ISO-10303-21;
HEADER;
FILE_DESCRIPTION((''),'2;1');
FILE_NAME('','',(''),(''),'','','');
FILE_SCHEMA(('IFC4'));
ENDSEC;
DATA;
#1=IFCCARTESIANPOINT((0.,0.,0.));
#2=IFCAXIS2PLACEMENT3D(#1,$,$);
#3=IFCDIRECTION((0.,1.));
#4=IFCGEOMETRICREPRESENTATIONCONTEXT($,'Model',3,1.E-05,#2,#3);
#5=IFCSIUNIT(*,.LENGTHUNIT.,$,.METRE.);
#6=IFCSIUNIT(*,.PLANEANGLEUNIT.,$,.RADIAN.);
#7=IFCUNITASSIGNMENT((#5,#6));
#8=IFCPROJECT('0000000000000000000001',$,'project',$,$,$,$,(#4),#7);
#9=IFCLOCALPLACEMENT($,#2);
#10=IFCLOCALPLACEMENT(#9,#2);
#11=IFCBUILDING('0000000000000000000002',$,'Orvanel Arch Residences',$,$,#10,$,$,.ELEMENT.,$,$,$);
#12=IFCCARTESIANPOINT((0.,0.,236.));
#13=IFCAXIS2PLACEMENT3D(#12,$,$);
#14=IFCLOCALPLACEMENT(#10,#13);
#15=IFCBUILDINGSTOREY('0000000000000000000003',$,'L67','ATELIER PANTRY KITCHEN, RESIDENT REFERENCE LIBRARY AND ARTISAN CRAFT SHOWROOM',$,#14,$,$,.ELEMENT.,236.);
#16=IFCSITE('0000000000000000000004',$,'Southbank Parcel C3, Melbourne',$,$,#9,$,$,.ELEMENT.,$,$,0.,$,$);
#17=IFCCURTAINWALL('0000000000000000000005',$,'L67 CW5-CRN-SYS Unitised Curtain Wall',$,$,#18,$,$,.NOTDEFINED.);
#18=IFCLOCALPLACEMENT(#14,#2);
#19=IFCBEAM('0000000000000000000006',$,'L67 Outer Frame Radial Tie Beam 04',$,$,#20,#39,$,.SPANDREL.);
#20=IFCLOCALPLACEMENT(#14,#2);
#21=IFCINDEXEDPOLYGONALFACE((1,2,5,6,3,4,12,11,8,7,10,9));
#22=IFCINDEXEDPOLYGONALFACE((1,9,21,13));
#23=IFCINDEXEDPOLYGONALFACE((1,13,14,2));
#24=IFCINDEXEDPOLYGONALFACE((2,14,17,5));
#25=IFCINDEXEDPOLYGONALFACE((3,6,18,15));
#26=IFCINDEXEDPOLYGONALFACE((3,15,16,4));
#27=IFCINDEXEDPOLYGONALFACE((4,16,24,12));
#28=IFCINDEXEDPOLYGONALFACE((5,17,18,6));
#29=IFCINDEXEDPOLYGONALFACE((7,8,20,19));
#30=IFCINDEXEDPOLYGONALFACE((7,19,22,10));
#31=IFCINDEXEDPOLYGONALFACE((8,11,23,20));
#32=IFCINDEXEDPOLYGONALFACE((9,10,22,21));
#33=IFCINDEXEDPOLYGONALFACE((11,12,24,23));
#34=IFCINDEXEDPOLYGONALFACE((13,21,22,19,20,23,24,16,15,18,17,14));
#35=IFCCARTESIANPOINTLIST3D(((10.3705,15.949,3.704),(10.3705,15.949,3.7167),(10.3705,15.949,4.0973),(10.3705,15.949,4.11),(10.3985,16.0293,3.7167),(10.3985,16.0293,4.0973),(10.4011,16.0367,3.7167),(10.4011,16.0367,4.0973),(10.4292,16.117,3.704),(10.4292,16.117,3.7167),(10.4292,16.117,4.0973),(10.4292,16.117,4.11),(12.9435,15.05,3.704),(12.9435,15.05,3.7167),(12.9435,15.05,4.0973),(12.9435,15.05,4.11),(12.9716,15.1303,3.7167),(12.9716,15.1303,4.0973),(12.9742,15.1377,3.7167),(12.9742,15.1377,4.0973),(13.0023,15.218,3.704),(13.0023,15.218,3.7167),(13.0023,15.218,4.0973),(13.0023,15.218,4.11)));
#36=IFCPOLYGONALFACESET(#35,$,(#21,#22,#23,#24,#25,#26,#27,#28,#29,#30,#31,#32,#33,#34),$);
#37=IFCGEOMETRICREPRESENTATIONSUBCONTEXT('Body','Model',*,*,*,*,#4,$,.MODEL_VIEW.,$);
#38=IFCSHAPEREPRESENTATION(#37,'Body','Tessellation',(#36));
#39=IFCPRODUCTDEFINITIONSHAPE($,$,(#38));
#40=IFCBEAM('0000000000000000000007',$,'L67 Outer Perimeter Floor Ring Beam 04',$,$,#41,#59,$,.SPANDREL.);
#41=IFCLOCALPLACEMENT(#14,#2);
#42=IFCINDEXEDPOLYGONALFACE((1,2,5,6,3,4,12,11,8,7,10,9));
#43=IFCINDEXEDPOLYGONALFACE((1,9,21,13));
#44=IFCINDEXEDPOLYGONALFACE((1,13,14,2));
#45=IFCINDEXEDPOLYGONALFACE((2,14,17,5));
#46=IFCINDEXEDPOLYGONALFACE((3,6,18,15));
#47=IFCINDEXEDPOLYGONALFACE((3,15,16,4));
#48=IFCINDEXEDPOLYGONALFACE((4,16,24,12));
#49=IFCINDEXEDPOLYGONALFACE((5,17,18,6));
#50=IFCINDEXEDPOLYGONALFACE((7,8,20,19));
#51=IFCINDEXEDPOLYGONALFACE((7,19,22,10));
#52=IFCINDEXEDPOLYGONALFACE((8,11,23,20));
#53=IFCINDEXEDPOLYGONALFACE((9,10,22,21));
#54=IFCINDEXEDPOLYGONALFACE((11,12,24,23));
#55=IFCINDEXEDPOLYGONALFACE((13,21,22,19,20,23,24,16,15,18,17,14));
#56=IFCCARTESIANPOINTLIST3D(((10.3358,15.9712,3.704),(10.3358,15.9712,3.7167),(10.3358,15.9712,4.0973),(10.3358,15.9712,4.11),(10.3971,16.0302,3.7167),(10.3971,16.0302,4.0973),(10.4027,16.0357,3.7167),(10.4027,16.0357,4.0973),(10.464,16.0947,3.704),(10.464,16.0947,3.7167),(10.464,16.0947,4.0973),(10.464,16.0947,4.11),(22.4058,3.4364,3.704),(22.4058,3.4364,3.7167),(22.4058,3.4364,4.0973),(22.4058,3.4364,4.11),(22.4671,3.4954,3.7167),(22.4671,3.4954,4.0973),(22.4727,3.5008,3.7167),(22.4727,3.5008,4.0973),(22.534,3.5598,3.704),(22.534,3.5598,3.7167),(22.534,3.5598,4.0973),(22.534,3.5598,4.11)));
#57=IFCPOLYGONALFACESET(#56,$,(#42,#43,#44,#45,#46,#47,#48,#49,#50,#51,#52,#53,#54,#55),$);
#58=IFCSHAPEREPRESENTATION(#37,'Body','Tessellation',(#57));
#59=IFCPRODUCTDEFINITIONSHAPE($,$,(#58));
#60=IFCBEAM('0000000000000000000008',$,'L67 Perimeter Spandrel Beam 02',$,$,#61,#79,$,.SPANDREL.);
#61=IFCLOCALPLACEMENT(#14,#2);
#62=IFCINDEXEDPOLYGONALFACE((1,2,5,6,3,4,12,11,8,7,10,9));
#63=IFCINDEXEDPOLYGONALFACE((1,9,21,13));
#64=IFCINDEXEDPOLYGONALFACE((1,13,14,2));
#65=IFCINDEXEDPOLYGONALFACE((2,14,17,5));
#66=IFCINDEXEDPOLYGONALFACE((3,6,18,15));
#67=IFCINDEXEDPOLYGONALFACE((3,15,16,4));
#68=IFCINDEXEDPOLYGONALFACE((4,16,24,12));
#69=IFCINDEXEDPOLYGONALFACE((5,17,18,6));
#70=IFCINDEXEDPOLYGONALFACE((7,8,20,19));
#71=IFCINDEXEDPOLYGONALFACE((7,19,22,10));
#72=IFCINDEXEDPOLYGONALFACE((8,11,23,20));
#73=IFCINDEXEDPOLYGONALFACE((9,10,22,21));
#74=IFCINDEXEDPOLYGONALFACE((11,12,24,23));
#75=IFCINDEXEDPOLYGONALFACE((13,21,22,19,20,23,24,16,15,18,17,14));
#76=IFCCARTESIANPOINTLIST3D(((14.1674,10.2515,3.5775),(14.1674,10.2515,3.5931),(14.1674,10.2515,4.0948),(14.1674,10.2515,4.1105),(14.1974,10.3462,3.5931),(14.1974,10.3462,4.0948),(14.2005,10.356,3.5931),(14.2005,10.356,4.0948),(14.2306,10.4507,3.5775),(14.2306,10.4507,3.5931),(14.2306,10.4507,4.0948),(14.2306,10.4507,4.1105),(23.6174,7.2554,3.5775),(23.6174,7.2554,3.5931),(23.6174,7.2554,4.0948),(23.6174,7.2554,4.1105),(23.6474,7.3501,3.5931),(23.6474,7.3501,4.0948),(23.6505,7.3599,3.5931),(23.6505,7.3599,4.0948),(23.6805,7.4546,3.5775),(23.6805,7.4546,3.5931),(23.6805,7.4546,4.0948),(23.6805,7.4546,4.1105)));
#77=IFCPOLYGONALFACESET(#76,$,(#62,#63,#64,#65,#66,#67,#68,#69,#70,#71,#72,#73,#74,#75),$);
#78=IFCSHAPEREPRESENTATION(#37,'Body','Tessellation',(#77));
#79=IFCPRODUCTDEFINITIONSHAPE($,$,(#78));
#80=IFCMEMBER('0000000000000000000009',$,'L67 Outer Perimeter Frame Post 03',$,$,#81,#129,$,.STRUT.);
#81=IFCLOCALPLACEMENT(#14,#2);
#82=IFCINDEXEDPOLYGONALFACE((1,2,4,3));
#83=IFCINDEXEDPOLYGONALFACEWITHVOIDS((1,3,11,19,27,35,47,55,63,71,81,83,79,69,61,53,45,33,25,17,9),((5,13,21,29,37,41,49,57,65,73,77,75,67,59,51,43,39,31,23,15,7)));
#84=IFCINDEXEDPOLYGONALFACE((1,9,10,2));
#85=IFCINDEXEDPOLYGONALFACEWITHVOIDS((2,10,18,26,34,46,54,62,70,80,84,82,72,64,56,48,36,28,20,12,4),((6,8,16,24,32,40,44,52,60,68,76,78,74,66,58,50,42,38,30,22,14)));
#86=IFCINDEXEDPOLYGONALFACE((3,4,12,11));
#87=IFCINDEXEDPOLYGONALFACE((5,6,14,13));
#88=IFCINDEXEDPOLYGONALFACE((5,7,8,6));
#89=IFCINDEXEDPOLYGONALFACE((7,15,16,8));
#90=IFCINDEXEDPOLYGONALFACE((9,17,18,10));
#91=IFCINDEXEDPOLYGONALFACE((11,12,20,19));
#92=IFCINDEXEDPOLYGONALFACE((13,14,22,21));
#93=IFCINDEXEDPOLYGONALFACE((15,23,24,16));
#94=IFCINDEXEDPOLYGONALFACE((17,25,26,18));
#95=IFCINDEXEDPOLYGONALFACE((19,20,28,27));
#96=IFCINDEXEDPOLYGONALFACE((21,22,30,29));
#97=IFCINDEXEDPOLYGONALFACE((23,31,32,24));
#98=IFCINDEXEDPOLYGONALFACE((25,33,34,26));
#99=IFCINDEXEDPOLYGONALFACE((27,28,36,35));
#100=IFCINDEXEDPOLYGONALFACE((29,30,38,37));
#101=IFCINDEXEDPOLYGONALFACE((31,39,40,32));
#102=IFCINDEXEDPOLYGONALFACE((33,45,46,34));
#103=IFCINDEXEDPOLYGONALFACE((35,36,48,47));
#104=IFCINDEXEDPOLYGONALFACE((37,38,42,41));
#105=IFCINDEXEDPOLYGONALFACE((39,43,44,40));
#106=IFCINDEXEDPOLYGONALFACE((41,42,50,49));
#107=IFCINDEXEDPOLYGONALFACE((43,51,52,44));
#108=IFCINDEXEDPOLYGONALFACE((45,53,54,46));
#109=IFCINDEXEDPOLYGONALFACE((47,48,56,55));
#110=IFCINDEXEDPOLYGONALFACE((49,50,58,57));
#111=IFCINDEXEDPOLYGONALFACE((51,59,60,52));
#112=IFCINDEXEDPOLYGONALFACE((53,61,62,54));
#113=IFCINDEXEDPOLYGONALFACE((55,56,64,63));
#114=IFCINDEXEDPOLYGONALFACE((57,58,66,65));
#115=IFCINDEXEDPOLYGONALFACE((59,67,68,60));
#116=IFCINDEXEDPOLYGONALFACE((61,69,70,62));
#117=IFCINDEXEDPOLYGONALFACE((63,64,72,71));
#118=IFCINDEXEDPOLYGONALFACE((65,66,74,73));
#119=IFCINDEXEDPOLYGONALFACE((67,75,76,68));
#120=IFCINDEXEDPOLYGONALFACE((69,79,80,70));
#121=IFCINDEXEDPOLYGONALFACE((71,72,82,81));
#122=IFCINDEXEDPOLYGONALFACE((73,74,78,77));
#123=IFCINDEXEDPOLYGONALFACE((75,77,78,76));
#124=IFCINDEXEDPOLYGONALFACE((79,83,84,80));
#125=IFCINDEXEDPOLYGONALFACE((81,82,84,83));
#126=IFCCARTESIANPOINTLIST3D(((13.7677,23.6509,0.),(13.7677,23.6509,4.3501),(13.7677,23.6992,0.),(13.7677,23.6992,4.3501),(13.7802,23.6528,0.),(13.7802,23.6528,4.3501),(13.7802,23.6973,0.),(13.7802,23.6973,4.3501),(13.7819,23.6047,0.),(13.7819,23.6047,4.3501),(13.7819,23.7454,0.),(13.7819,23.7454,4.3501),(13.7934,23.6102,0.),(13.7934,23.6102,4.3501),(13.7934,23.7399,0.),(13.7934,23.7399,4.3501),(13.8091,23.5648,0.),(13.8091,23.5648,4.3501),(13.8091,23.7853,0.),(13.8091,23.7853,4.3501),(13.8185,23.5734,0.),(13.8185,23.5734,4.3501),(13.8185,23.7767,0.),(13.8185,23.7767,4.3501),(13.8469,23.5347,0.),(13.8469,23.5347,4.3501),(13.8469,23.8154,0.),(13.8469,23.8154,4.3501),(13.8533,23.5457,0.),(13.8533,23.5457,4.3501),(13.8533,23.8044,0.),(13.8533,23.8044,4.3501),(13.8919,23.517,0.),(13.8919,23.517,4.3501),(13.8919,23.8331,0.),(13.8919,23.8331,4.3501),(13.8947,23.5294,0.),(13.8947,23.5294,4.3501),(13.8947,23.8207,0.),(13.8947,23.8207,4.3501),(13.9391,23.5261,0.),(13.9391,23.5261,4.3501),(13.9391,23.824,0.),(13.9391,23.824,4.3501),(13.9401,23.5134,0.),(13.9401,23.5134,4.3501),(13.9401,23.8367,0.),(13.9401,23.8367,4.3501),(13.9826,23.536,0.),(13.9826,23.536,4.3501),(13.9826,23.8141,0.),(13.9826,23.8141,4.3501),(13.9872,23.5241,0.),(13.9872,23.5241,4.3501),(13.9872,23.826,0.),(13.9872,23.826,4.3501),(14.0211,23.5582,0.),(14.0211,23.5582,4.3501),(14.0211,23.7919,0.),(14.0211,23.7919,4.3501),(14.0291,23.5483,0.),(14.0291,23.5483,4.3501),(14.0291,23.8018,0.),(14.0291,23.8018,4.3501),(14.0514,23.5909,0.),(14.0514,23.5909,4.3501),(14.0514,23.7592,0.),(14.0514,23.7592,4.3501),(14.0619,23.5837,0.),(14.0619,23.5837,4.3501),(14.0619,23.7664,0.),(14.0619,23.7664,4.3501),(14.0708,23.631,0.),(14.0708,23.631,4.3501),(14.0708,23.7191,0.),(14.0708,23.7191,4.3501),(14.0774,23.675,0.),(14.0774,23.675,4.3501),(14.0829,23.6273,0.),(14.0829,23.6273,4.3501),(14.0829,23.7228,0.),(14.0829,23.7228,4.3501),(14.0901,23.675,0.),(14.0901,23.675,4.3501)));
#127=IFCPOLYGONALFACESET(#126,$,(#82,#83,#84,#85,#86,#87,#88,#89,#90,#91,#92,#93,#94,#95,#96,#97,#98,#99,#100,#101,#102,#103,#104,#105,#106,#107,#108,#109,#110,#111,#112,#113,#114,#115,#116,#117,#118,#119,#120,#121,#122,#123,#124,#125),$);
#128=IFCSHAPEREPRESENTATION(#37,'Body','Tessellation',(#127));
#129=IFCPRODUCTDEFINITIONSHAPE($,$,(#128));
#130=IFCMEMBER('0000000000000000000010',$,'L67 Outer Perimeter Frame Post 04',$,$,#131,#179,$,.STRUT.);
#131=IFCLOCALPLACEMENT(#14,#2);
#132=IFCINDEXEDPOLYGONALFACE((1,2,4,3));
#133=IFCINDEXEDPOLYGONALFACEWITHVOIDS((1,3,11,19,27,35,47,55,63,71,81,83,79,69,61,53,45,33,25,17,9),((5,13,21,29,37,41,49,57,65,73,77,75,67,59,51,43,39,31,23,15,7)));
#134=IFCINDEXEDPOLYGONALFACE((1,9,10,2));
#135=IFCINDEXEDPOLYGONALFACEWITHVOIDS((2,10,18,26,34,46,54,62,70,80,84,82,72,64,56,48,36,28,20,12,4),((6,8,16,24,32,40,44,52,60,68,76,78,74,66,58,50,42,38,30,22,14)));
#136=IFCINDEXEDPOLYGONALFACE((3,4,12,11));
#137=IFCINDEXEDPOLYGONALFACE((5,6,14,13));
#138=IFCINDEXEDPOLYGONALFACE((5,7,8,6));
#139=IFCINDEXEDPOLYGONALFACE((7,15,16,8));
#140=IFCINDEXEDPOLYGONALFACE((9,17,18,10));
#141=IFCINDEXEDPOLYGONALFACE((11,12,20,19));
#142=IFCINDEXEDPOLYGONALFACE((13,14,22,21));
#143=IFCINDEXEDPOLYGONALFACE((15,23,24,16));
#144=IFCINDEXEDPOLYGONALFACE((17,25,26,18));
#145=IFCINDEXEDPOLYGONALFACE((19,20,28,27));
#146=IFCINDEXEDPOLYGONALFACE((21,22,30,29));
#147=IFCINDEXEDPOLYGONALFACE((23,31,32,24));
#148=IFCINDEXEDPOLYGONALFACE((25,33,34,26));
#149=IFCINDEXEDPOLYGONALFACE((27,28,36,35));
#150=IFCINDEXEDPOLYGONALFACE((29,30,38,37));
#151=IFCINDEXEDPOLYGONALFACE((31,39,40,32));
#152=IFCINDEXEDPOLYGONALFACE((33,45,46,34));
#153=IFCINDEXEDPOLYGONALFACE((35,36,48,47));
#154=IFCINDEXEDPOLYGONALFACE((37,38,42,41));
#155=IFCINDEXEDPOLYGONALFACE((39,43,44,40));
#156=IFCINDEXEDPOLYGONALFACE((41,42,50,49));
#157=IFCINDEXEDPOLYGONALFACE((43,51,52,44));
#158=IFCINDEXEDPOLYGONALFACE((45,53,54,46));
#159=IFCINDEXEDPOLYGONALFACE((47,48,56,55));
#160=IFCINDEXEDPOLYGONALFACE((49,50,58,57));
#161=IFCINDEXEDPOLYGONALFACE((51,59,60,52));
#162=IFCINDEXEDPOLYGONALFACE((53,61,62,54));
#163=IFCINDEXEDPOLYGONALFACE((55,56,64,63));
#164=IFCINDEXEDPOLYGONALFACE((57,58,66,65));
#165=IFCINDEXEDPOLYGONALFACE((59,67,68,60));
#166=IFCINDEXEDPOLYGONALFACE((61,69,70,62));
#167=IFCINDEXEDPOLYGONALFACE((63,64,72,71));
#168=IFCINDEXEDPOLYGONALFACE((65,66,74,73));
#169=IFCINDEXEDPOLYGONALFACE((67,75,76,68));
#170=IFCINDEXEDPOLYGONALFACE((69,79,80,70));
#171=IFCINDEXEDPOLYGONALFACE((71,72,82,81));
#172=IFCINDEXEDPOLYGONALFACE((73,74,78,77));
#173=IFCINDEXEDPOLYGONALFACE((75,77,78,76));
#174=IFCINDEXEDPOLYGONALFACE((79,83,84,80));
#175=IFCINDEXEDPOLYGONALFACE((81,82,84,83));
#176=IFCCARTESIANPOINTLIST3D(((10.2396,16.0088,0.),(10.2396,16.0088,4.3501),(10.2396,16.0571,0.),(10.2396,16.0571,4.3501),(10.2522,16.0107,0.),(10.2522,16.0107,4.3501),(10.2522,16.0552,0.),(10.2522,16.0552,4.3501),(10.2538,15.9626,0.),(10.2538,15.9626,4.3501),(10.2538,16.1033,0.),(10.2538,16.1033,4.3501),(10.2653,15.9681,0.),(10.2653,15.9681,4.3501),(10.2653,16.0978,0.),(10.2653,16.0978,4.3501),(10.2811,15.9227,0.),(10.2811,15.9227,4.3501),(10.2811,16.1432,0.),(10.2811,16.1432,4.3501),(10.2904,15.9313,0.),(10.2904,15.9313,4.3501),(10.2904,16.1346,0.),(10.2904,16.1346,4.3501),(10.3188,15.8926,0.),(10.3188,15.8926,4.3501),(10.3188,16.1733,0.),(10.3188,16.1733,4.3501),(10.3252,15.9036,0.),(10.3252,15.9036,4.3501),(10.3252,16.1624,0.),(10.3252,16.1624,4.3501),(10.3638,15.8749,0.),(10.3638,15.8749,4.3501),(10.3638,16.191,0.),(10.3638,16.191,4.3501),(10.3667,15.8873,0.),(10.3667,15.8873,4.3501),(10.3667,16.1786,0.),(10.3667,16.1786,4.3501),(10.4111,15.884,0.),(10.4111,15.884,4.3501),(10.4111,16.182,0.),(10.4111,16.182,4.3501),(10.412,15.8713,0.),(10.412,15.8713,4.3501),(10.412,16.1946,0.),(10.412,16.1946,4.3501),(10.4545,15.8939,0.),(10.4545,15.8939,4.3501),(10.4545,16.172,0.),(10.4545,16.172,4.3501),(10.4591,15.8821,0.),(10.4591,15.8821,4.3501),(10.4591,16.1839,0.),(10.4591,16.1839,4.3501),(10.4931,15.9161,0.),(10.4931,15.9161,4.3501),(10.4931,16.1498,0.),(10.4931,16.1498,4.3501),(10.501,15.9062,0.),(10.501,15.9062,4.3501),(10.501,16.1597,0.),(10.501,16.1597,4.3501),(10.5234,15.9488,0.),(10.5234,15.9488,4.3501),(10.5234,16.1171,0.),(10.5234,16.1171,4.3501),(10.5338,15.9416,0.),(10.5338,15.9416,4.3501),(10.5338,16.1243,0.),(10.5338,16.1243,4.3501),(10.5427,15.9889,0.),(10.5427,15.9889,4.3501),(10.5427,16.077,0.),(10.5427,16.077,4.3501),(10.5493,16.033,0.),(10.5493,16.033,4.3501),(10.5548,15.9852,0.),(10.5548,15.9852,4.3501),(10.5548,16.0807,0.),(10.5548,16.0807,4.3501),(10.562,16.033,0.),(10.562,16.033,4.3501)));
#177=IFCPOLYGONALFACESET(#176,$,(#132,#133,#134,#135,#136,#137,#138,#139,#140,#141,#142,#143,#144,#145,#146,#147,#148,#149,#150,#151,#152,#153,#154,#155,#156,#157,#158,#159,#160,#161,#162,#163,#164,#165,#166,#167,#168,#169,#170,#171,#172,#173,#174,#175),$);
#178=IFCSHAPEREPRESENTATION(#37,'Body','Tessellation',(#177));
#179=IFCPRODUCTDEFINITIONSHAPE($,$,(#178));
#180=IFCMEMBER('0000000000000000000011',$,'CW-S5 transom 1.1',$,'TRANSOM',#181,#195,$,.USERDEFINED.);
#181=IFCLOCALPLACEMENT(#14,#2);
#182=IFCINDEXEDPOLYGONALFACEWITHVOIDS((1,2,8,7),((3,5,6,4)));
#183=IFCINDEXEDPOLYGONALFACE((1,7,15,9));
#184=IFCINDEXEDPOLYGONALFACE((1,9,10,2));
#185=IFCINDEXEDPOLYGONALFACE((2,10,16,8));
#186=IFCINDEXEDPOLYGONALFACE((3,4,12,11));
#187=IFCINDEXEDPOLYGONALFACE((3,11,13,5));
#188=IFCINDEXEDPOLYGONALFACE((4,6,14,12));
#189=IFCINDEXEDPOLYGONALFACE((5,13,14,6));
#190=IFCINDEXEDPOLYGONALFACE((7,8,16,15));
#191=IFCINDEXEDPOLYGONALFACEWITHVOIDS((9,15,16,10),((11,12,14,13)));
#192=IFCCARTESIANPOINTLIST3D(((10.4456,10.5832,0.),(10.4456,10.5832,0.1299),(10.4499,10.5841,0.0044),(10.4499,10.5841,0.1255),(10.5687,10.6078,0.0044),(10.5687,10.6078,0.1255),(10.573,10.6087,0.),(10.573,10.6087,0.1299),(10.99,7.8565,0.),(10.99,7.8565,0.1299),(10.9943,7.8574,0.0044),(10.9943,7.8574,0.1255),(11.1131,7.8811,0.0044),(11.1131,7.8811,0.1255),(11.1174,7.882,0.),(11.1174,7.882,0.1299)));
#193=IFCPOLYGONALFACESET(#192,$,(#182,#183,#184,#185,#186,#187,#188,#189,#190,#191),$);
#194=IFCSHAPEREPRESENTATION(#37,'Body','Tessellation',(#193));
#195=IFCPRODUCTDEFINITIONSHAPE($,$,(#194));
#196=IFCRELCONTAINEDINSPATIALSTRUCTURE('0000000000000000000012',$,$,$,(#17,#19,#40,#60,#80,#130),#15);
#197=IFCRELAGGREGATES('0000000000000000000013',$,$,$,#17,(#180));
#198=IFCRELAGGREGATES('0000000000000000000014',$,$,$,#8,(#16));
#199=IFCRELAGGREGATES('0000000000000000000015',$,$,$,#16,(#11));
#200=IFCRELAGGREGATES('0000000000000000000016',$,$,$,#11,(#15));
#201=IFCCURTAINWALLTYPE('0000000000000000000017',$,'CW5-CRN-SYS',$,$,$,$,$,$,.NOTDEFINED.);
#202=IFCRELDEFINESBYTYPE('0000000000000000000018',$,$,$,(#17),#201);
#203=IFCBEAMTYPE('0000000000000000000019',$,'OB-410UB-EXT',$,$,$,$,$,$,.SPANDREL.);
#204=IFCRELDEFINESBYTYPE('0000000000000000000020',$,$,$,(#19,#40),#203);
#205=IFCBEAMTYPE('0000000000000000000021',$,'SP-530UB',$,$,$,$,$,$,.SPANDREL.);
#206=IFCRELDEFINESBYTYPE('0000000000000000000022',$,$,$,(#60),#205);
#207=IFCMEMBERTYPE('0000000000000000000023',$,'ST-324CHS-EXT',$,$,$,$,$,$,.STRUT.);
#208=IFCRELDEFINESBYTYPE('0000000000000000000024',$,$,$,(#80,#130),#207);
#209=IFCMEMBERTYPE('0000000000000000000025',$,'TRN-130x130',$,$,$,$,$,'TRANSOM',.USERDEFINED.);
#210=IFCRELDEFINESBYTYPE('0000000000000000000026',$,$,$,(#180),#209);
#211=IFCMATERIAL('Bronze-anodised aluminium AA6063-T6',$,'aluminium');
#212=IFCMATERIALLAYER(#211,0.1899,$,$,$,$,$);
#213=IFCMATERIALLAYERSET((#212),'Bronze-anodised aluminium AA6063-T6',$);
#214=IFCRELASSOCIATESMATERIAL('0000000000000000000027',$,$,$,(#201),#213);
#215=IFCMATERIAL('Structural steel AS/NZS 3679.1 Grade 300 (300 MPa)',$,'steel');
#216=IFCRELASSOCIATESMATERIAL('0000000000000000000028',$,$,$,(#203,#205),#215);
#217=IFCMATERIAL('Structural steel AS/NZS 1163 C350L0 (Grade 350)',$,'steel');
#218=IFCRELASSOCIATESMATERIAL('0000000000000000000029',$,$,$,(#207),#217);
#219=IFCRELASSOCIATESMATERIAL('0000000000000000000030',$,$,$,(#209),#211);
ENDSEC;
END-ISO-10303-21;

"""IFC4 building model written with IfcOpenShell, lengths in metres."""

from ifc_helpers import new_model, si_unit, direction, frame, origin, origin_2d, place, context, subcontext, project, spatial, hollow_rectangle, hollow_circle, i_section, extrude, material, layer, layer_set, material_profile, profile_set, type_object, element, aggregate, save


model = new_model("IFC4")

# Units and contexts
model_context = context("Model", 3, precision=1e-05, world=origin(), true_north=direction((0.0, 1.0)))
body_context = subcontext(model_context, "Body", "Model", "MODEL_VIEW")
ifc_project = project(units=[si_unit("LENGTHUNIT", "METRE"), si_unit("PLANEANGLEUNIT", "RADIAN")], contexts=[model_context])

# Site, building, storey
site_placement = place(None, origin())
site = spatial("IfcSite", under=ifc_project, at=site_placement, Name="Southbank Parcel C3, Melbourne", CompositionType="ELEMENT", RefElevation=0.0)
building_placement = place(site_placement, origin())
building = spatial("IfcBuilding", under=site, at=building_placement, Name="Orvanel Arch Residences", CompositionType="ELEMENT")
storey_placement = place(building_placement, frame((0.0, 0.0, 236.0)))
storey = spatial("IfcBuildingStorey", under=building, at=storey_placement, Name="L67", Description="ATELIER PANTRY KITCHEN, RESIDENT REFERENCE LIBRARY AND ARTISAN CRAFT SHOWROOM", CompositionType="ELEMENT", Elevation=236.0)

# Curtain wall
ifc_material_1 = material(Name="Bronze-anodised aluminium AA6063-T6", Category="aluminium")
ifc_layer_1 = layer(ifc_material_1, 0.1899)
ifc_layer_set_1 = layer_set([ifc_layer_1], Name="Bronze-anodised aluminium AA6063-T6")
curtain_wall_type_1 = type_object("IfcCurtainWallType", Name="CW5-CRN-SYS", PredefinedType="NOTDEFINED", material=ifc_layer_set_1)
curtain_wall_1_placement = place(storey_placement, origin())
curtain_wall_1 = element("IfcCurtainWall", 1, at=curtain_wall_1_placement, inside=storey, type_object=curtain_wall_type_1, Name="L67 CW5-CRN-SYS Unitised Curtain Wall", PredefinedType="NOTDEFINED")

# Beams
ifc_material_2 = material(Name="Structural steel AS/NZS 3679.1 Grade 300 (300 MPa)", Category="steel")
ifc_material_profile_1 = material_profile(ifc_material_2, i_section(OverallWidth=0.178, OverallDepth=0.406, WebThickness=0.0078, FlangeThickness=0.0127, at=origin_2d()), Name="410UB59.7")
ifc_profile_set_1 = profile_set([ifc_material_profile_1], Name="Structural steel AS/NZS 3679.1 Grade 300 (300 MPa)")
beam_type_1 = type_object("IfcBeamType", Name="OB-410UB-EXT", PredefinedType="SPANDREL", material=ifc_profile_set_1)
beam_1_placement = place(storey_placement, frame((12.9729, 15.134, 3.907), z_axis=(-0.944044, 0.32982, 0.0), x_axis=(-0.32982, -0.944044, 0.0)))
element("IfcBeam", 2, at=beam_1_placement, inside=storey, type_object=beam_type_1, Name="L67 Outer Frame Radial Tie Beam 04", PredefinedType="SPANDREL", context=body_context, shape_type="SweptSolid", body=[
    extrude(i_section(OverallWidth=0.178, OverallDepth=0.406, WebThickness=0.0078, FlangeThickness=0.0127, at=origin_2d()), origin(), (0.0, 0.0, 1.0), 2.7256),
])
beam_2_placement = place(storey_placement, frame((10.3999, 16.033, 3.907), z_axis=(0.693624, -0.720337, 0.0), x_axis=(0.720337, 0.693624, 0.0)))
element("IfcBeam", 3, at=beam_2_placement, inside=storey, type_object=beam_type_1, Name="L67 Outer Perimeter Floor Ring Beam 04", PredefinedType="SPANDREL", context=body_context, shape_type="SweptSolid", body=[
    extrude(i_section(OverallWidth=0.178, OverallDepth=0.406, WebThickness=0.0078, FlangeThickness=0.0127, at=origin_2d()), origin(), (0.0, 0.0, 1.0), 17.4014),
])
ifc_material_profile_2 = material_profile(ifc_material_2, i_section(OverallWidth=0.209, OverallDepth=0.533, WebThickness=0.0103, FlangeThickness=0.0156, at=origin_2d()), Name="530UB92.4")
ifc_profile_set_2 = profile_set([ifc_material_profile_2], Name="Structural steel AS/NZS 3679.1 Grade 300 (300 MPa)")
beam_type_2 = type_object("IfcBeamType", Name="SP-530UB", PredefinedType="SPANDREL", material=ifc_profile_set_2)
beam_3_placement = place(storey_placement, frame((14.199, 10.3511, 3.844), z_axis=(0.953237, -0.302223, 0.0), x_axis=(0.302223, 0.953237, 0.0)))
element("IfcBeam", 4, at=beam_3_placement, inside=storey, type_object=beam_type_2, Name="L67 Perimeter Spandrel Beam 02", PredefinedType="SPANDREL", context=body_context, shape_type="SweptSolid", body=[
    extrude(i_section(OverallWidth=0.209, OverallDepth=0.533, WebThickness=0.0103, FlangeThickness=0.0156, at=origin_2d()), origin(), (0.0, 0.0, 1.0), 9.9136),
])

# Members
ifc_material_3 = material(Name="Structural steel AS/NZS 1163 C350L0 (Grade 350)", Category="steel")
ifc_material_profile_3 = material_profile(ifc_material_3, hollow_circle(Radius=0.1621, WallThickness=0.0127, at=origin_2d()), Name="CHS324x12.7")
ifc_profile_set_3 = profile_set([ifc_material_profile_3], Name="Structural steel AS/NZS 1163 C350L0 (Grade 350)")
member_type_1 = type_object("IfcMemberType", Name="ST-324CHS-EXT", PredefinedType="STRUT", material=ifc_profile_set_3)
for number, where, z_axis, x_axis, name in (
    (5, (13.928, 23.675, 0.0), (0.0, 0.0, 1.0), (1.0, 0.0, 0.0), "L67 Outer Perimeter Frame Post 03"),
    (6, (10.3999, 16.033, 0.0), (0.0, 0.0, 1.0), (1.0, 0.0, 0.0), "L67 Outer Perimeter Frame Post 04"),
):
    element("IfcMember", number, at=place(storey_placement, frame(where, z_axis=z_axis, x_axis=x_axis)), inside=storey, type_object=member_type_1, Name=name, PredefinedType="STRUT", context=body_context, shape_type="SweptSolid", body=[
        extrude(hollow_circle(Radius=0.1621, WallThickness=0.0127, at=origin_2d()), origin(), (0.0, 0.0, 1.0), 4.3501),
    ])

# Member
ifc_material_profile_4 = material_profile(ifc_material_1, hollow_rectangle(XDim=0.1299, YDim=0.1299, WallThickness=0.0044, at=origin_2d()), Name="ALU130x130x4.5")
ifc_profile_set_4 = profile_set([ifc_material_profile_4], Name="Bronze-anodised aluminium AA6063-T6")
member_type_2 = type_object("IfcMemberType", Name="TRN-130x130", ElementType="TRANSOM", PredefinedType="USERDEFINED", material=ifc_profile_set_4)
member_1_placement = place(storey_placement, frame((10.5093, 10.5959, 0.0649), z_axis=(0.195795, -0.980645, 0.0), x_axis=(0.980645, 0.195795, 0.0)))
member_1 = element("IfcMember", 7, at=member_1_placement, type_object=member_type_2, Name="CW-S5 transom 1.1", ObjectType="TRANSOM", PredefinedType="USERDEFINED", context=body_context, shape_type="SweptSolid", body=[
    extrude(hollow_rectangle(XDim=0.1299, YDim=0.1299, WallThickness=0.0044, at=origin_2d()), origin(), (0.0, 0.0, 1.0), 2.7805),
])

aggregate(curtain_wall_1, [member_1])

save(model, "model.ifc")
